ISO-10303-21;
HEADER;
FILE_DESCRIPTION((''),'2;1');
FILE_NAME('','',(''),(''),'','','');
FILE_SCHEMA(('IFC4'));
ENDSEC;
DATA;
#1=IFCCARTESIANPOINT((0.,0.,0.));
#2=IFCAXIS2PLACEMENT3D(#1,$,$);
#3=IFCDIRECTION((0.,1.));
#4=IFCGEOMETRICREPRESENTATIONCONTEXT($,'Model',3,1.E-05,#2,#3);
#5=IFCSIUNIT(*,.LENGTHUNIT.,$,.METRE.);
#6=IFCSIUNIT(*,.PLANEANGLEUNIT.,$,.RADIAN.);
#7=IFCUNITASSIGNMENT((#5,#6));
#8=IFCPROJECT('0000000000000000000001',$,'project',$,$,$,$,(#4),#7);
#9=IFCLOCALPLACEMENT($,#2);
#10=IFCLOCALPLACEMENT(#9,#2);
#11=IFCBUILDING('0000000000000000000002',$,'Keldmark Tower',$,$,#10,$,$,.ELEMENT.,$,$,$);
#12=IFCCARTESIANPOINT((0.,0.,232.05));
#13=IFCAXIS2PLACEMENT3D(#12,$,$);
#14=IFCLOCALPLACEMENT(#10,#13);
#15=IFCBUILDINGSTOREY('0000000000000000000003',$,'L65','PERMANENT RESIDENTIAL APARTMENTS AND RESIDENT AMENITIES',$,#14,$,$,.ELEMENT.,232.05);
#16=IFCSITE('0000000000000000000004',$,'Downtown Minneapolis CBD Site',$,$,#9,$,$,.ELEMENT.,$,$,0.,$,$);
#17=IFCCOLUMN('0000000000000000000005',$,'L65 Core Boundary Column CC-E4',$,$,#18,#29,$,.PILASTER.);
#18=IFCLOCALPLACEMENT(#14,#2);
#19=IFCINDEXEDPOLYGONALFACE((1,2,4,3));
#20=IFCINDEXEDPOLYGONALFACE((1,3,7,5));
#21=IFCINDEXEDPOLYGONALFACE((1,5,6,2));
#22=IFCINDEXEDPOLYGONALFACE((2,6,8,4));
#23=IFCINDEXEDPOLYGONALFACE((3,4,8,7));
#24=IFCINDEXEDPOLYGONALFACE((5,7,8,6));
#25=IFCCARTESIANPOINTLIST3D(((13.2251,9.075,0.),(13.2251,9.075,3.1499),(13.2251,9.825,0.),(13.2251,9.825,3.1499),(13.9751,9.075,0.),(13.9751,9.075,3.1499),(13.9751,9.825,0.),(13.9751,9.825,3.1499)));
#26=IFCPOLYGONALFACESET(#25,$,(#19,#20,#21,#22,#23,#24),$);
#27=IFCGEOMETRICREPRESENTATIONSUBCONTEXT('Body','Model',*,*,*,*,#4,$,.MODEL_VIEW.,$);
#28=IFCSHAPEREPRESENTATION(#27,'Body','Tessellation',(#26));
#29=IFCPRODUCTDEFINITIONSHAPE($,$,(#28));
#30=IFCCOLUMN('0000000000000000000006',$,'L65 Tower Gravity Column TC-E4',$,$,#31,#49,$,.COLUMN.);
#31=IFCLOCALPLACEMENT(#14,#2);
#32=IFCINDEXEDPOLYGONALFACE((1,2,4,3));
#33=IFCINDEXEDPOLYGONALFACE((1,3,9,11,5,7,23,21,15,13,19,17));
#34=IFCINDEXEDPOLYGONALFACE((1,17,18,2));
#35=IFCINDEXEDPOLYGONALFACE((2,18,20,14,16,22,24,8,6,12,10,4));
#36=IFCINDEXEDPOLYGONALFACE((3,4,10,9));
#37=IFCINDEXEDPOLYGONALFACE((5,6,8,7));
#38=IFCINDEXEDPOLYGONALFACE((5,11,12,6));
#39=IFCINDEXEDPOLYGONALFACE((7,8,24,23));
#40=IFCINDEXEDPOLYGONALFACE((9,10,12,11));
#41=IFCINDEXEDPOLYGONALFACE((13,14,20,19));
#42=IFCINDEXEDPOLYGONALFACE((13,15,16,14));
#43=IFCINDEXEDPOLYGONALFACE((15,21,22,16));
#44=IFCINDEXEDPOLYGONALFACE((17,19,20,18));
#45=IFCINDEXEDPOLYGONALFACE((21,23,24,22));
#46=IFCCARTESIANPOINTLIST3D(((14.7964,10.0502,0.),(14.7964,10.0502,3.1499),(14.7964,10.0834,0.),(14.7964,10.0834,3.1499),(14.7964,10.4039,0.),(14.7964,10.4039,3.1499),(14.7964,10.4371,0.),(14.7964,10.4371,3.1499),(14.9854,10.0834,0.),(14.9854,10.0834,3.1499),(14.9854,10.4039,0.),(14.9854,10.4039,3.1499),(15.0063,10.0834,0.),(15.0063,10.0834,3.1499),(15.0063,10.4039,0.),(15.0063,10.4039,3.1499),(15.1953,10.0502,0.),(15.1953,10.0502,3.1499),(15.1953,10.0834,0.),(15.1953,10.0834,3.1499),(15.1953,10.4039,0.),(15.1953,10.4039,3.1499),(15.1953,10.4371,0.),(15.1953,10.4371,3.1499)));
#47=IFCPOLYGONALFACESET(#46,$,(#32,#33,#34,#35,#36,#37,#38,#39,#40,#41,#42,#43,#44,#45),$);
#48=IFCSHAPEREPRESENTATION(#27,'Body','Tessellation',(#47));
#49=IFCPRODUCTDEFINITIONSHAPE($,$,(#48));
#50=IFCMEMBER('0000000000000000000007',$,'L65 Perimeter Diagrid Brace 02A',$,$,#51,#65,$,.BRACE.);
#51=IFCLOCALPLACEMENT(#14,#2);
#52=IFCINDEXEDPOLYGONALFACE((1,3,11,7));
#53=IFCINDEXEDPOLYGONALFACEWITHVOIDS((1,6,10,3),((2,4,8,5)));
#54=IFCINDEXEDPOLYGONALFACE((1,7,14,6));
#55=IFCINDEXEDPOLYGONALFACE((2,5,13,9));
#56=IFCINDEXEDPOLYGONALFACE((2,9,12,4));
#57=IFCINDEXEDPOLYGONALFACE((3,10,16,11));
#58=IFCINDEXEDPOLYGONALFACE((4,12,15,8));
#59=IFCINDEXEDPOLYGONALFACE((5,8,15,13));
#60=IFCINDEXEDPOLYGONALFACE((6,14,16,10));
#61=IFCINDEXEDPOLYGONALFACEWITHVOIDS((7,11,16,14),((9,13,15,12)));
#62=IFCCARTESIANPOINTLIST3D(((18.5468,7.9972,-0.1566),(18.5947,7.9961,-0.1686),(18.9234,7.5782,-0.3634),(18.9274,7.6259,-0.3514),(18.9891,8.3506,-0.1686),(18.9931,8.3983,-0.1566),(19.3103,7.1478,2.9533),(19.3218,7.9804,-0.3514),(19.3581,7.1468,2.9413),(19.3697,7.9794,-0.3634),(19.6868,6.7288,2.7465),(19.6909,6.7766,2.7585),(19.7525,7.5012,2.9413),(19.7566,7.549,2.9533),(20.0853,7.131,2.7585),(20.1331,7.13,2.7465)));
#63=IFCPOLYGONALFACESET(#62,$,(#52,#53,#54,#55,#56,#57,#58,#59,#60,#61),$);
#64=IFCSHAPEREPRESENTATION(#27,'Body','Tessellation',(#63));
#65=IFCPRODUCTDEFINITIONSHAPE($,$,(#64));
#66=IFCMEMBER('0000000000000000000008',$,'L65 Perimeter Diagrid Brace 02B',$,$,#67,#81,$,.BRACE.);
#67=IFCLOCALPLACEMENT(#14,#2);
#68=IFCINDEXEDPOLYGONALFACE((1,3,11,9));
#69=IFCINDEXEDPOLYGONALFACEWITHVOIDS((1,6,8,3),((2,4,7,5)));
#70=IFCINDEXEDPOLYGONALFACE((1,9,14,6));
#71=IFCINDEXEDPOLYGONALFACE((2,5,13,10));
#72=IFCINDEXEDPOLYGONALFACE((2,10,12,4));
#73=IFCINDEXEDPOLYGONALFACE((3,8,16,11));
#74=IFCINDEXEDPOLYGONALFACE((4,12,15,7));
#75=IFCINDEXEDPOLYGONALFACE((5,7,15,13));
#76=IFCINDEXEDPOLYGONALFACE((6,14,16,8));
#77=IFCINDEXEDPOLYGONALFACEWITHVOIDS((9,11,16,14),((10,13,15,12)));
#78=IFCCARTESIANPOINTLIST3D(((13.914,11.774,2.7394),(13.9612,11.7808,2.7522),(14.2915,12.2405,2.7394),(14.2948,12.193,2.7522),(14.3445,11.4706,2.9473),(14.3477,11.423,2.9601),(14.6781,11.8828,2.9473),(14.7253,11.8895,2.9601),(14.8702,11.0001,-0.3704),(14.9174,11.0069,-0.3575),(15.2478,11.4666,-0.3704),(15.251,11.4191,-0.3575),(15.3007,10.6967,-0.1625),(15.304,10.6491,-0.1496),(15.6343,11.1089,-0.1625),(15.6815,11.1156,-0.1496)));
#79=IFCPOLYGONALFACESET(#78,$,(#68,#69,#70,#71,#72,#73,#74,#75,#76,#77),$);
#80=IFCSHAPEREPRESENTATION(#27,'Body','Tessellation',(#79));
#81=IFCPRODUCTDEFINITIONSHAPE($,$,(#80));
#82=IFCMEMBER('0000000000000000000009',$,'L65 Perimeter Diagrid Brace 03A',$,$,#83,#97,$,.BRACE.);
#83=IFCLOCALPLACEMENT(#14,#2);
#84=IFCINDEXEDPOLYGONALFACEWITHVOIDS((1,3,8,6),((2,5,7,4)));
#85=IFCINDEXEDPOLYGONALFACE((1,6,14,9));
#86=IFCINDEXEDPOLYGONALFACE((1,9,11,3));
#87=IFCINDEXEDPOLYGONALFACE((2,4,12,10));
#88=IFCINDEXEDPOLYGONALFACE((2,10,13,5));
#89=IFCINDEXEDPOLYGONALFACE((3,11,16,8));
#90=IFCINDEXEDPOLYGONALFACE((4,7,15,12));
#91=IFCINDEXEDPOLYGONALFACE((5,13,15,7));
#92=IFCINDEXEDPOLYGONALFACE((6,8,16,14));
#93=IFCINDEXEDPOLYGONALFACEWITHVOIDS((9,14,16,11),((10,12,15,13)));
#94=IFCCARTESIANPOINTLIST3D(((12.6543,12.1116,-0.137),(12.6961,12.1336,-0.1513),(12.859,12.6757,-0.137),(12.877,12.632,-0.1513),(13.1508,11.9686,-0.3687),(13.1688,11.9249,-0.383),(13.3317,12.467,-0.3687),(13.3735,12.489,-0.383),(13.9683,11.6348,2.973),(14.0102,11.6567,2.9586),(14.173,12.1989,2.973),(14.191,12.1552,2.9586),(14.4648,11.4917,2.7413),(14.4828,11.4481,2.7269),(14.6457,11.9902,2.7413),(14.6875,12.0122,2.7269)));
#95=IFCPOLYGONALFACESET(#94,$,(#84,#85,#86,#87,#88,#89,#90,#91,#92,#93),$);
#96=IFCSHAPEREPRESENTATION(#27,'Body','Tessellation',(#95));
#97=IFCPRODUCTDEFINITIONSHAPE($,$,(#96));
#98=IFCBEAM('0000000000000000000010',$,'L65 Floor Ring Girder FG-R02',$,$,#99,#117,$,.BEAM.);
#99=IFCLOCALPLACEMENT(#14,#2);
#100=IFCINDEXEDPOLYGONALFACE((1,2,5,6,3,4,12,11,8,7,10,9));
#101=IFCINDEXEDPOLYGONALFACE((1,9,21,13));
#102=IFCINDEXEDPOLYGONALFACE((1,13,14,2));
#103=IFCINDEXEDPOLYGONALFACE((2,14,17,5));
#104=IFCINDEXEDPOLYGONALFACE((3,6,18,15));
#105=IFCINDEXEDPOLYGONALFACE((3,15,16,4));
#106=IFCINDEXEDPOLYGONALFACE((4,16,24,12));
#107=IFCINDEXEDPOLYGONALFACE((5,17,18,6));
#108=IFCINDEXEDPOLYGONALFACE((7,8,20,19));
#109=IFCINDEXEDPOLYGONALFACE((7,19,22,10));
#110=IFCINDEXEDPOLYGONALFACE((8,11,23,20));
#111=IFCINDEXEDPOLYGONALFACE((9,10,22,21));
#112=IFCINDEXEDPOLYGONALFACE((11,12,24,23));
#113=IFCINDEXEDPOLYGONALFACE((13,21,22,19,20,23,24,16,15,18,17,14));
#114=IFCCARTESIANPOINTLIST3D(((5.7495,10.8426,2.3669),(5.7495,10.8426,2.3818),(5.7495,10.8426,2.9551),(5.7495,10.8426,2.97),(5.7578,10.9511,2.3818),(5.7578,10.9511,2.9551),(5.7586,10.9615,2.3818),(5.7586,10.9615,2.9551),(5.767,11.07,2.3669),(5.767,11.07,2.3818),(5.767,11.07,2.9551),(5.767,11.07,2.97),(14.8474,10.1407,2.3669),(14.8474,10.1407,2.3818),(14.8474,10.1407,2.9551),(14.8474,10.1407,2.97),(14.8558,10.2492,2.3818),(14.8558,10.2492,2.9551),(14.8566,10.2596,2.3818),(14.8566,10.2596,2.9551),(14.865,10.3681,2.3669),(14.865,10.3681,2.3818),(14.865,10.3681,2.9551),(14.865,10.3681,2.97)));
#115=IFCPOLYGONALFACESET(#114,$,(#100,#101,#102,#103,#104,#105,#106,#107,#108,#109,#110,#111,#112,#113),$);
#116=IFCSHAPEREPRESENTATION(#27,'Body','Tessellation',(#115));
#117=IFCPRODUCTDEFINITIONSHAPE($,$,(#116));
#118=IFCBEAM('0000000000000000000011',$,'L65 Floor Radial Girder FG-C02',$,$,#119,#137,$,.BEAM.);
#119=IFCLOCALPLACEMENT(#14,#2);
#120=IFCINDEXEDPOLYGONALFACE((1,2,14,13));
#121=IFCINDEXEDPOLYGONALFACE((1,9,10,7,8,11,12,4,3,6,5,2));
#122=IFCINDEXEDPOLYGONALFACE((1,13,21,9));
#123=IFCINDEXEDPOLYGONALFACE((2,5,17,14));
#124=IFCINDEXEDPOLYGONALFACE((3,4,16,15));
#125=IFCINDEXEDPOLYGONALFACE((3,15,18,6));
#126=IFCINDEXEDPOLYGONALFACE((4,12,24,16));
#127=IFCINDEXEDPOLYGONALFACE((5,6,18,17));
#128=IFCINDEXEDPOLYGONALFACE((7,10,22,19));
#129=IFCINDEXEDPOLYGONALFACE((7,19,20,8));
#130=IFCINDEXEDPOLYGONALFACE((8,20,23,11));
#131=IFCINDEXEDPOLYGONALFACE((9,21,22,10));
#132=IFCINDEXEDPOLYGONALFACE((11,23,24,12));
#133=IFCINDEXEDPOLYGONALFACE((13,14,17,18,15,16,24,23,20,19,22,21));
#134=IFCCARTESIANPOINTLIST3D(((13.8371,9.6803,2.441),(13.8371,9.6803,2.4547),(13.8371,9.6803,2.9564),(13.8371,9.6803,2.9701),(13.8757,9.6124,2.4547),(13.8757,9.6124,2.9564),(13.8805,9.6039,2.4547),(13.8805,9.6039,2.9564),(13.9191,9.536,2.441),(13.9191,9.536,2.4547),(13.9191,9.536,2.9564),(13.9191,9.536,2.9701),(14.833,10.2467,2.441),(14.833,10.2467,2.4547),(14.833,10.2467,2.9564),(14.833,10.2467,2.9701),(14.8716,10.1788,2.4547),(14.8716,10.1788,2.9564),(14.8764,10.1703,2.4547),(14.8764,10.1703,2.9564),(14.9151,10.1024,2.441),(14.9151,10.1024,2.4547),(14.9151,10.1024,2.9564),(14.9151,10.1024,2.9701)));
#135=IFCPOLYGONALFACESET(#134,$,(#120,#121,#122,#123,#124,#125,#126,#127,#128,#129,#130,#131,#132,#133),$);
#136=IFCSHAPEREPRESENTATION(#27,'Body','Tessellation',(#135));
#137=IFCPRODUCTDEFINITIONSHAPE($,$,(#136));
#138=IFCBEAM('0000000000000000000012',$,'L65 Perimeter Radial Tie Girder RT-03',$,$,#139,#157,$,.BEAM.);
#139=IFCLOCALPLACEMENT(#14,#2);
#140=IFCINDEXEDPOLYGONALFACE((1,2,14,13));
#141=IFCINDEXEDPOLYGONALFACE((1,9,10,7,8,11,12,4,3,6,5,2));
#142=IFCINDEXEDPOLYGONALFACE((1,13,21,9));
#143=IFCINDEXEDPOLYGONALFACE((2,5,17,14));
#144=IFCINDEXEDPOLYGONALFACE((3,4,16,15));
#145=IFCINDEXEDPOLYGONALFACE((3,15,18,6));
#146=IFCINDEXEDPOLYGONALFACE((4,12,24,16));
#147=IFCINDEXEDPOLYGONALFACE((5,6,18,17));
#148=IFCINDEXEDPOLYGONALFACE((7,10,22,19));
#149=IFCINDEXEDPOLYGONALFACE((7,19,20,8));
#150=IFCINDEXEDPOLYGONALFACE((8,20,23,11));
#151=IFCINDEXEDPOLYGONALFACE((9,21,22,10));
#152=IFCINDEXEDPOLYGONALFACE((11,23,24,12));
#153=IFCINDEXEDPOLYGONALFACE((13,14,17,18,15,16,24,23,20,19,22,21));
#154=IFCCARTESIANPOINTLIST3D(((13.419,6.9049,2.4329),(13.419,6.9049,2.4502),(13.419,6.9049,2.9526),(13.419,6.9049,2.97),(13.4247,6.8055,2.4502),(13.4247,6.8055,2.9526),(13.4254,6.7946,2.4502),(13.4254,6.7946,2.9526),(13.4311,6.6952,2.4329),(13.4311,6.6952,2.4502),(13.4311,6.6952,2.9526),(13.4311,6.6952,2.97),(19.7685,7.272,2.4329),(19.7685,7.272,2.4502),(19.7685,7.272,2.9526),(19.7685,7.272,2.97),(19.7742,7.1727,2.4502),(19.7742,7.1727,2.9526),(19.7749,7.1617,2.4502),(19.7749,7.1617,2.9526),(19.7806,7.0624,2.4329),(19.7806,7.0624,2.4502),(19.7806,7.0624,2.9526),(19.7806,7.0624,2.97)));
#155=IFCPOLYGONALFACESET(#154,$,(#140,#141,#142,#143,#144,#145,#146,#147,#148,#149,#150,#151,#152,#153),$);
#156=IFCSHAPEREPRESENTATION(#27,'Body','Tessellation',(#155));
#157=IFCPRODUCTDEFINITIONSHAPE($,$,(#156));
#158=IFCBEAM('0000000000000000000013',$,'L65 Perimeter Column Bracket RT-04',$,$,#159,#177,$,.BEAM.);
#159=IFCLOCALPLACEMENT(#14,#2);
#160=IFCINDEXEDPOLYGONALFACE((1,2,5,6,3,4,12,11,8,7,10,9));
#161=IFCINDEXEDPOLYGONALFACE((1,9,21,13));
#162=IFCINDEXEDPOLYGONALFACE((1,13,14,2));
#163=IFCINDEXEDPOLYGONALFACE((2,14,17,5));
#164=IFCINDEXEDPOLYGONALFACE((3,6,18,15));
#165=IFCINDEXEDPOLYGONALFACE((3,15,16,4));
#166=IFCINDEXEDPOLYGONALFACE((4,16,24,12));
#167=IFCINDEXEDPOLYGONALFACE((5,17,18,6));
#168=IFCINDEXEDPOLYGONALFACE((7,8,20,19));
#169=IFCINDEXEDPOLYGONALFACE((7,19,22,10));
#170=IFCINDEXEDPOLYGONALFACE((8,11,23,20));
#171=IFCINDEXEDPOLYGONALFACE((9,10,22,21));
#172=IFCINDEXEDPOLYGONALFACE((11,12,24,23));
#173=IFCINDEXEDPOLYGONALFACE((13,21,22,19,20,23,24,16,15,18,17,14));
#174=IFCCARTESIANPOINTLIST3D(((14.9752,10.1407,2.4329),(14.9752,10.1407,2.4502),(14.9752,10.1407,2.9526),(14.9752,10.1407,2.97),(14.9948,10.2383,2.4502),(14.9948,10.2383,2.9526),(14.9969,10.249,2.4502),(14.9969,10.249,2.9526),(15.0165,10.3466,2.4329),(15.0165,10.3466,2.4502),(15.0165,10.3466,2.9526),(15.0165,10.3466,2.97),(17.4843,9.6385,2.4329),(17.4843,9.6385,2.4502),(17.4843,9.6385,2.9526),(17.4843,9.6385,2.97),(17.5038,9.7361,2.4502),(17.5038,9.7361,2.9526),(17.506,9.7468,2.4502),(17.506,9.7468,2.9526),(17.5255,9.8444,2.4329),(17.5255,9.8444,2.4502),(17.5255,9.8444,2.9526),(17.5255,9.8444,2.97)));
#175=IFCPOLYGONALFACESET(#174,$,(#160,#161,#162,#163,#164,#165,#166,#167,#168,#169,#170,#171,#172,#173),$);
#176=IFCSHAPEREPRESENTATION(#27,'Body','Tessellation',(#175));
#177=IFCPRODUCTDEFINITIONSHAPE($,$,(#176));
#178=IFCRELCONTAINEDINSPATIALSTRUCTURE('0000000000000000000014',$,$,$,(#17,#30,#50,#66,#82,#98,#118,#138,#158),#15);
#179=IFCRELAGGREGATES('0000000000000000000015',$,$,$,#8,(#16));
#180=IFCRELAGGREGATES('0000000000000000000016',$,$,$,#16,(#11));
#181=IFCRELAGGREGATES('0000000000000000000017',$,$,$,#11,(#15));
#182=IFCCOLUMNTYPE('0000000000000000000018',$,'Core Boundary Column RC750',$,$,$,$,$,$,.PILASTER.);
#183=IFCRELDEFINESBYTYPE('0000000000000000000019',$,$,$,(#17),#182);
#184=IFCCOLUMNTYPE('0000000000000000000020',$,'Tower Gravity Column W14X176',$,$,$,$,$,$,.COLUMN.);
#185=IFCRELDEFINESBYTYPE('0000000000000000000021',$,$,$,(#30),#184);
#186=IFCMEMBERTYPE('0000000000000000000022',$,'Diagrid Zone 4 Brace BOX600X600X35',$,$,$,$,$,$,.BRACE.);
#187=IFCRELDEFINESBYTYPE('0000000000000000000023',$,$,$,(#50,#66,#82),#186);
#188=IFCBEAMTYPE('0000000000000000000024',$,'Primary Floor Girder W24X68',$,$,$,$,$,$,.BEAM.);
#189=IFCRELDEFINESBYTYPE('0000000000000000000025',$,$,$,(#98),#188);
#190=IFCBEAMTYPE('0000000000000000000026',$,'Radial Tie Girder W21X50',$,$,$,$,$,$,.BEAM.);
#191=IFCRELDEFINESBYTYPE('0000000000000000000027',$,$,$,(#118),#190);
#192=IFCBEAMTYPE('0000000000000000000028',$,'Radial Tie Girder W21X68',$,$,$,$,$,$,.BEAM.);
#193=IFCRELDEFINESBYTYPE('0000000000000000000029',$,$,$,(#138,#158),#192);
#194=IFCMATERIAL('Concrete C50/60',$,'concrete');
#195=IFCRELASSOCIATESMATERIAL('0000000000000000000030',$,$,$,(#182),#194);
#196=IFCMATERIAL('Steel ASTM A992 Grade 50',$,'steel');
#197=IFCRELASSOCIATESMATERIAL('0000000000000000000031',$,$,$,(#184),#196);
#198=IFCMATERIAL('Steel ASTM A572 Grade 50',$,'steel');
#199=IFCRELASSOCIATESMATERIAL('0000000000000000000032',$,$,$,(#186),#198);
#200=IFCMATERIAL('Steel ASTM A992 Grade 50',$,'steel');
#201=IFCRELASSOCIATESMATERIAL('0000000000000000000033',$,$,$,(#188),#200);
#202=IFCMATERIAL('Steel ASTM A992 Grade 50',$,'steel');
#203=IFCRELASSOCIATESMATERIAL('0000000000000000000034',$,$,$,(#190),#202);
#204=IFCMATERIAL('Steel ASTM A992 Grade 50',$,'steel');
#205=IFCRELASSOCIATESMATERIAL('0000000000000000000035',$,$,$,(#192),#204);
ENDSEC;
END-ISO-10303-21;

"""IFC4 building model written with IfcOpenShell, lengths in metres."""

from ifc_helpers import new_model, si_unit, direction, frame, origin, origin_2d, place, context, subcontext, project, spatial, rectangle, hollow_rectangle, i_section, extrude, material, material_profile, profile_set, type_object, element, save


model = new_model("IFC4")

# Units and contexts
model_context = context("Model", 3, precision=1e-05, world=origin(), true_north=direction((0.0, 1.0)))
body_context = subcontext(model_context, "Body", "Model", "MODEL_VIEW")
ifc_project = project(units=[si_unit("LENGTHUNIT", "METRE"), si_unit("PLANEANGLEUNIT", "RADIAN")], contexts=[model_context])

# Site, building, storey
site_placement = place(None, origin())
site = spatial("IfcSite", under=ifc_project, at=site_placement, Name="Downtown Minneapolis CBD Site", CompositionType="ELEMENT", RefElevation=0.0)
building_placement = place(site_placement, origin())
building = spatial("IfcBuilding", under=site, at=building_placement, Name="Keldmark Tower", CompositionType="ELEMENT")
storey_placement = place(building_placement, frame((0.0, 0.0, 232.05)))
storey = spatial("IfcBuildingStorey", under=building, at=storey_placement, Name="L65", Description="PERMANENT RESIDENTIAL APARTMENTS AND RESIDENT AMENITIES", CompositionType="ELEMENT", Elevation=232.05)

# Columns
ifc_material_1 = material(Name="Concrete C50/60", Category="concrete")
ifc_material_profile_1 = material_profile(ifc_material_1, rectangle(XDim=0.75, YDim=0.75, at=origin_2d()), Name="RC750X750")
ifc_profile_set_1 = profile_set([ifc_material_profile_1], Name="Concrete C50/60")
column_type_1 = type_object("IfcColumnType", Name="Core Boundary Column RC750", PredefinedType="PILASTER", material=ifc_profile_set_1)
column_1_placement = place(storey_placement, frame((13.6001, 9.45, 0.0), z_axis=(0.0, 0.0, 1.0), x_axis=(1.0, 0.0, 0.0)))
element("IfcColumn", 1, at=column_1_placement, inside=storey, type_object=column_type_1, Name="L65 Core Boundary Column CC-E4", PredefinedType="PILASTER", context=body_context, shape_type="SweptSolid", body=[
    extrude(rectangle(XDim=0.75, YDim=0.75, at=origin_2d()), origin(), (0.0, 0.0, 1.0), 3.1499),
])
ifc_material_2 = material(Name="Steel ASTM A992 Grade 50", Category="steel")
ifc_material_profile_2 = material_profile(ifc_material_2, i_section(OverallWidth=0.3989, OverallDepth=0.387, WebThickness=0.021, FlangeThickness=0.0332, at=origin_2d()), Name="W14X176")
ifc_profile_set_2 = profile_set([ifc_material_profile_2], Name="Steel ASTM A992 Grade 50")
column_type_2 = type_object("IfcColumnType", Name="Tower Gravity Column W14X176", PredefinedType="COLUMN", material=ifc_profile_set_2)
column_2_placement = place(storey_placement, frame((14.9958, 10.2437, 0.0), z_axis=(0.0, 0.0, 1.0), x_axis=(1.0, 0.0, 0.0)))
element("IfcColumn", 2, at=column_2_placement, inside=storey, type_object=column_type_2, Name="L65 Tower Gravity Column TC-E4", PredefinedType="COLUMN", context=body_context, shape_type="SweptSolid", body=[
    extrude(i_section(OverallWidth=0.3989, OverallDepth=0.387, WebThickness=0.021, FlangeThickness=0.0332, at=origin_2d()), origin(), (0.0, 0.0, 1.0), 3.1499),
])

# Members
ifc_material_3 = material(Name="Steel ASTM A572 Grade 50", Category="steel")
ifc_material_profile_3 = material_profile(ifc_material_3, hollow_rectangle(XDim=0.6001, YDim=0.6001, WallThickness=0.0349, at=origin_2d()), Name="BOX600X600X35")
ifc_profile_set_3 = profile_set([ifc_material_profile_3], Name="Steel ASTM A572 Grade 50")
member_type = type_object("IfcMemberType", Name="Diagrid Zone 4 Brace BOX600X600X35", PredefinedType="BRACE", material=ifc_profile_set_3)
member_1_placement = place(storey_placement, frame((18.9583, 7.9883, -0.26), z_axis=(0.230439, -0.256379, 0.938705), x_axis=(0.74373, 0.66848, 0.0)))
element("IfcMember", 3, at=member_1_placement, inside=storey, type_object=member_type, Name="L65 Perimeter Diagrid Brace 02A", PredefinedType="BRACE", context=body_context, shape_type="SweptSolid", body=[
    extrude(hollow_rectangle(XDim=0.6001, YDim=0.6001, WallThickness=0.0349, at=origin_2d()), origin(), (0.0, 0.0, 1.0), 3.313),
])
member_2_placement = place(storey_placement, frame((15.2759, 11.0579, -0.26), z_axis=(-0.285944, 0.231412, 0.929884), x_axis=(-0.62909, -0.777333, 0.0)))
element("IfcMember", 4, at=member_2_placement, inside=storey, type_object=member_type, Name="L65 Perimeter Diagrid Brace 02B", PredefinedType="BRACE", context=body_context, shape_type="SweptSolid", body=[
    extrude(hollow_rectangle(XDim=0.6001, YDim=0.6001, WallThickness=0.0349, at=origin_2d()), origin(), (0.0, 0.0, 1.0), 3.3442),
])
member_3_placement = place(storey_placement, frame((13.0139, 12.3003, -0.26), z_axis=(0.385377, -0.139844, 0.912101), x_axis=(0.341112, 0.940023, 0.0)))
element("IfcMember", 5, at=member_3_placement, inside=storey, type_object=member_type, Name="L65 Perimeter Diagrid Brace 03A", PredefinedType="BRACE", context=body_context, shape_type="SweptSolid", body=[
    extrude(hollow_rectangle(XDim=0.6001, YDim=0.6001, WallThickness=0.0349, at=origin_2d()), origin(), (0.0, 0.0, 1.0), 3.4097),
])

# Beams
ifc_material_4 = material(Name="Steel ASTM A992 Grade 50", Category="steel")
ifc_material_profile_4 = material_profile(ifc_material_4, i_section(OverallWidth=0.228, OverallDepth=0.603, WebThickness=0.0105, FlangeThickness=0.0149, at=origin_2d()), Name="W24X68")
ifc_profile_set_4 = profile_set([ifc_material_profile_4], Name="Steel ASTM A992 Grade 50")
beam_type_1 = type_object("IfcBeamType", Name="Primary Floor Girder W24X68", PredefinedType="BEAM", material=ifc_profile_set_4)
beam_1_placement = place(storey_placement, frame((14.8562, 10.2544, 2.6685), z_axis=(-0.997037, 0.076922, 0.0), x_axis=(-0.076922, -0.997037, 0.0)))
element("IfcBeam", 6, at=beam_1_placement, inside=storey, type_object=beam_type_1, Name="L65 Floor Ring Girder FG-R02", PredefinedType="BEAM", context=body_context, shape_type="SweptSolid", body=[
    extrude(i_section(OverallWidth=0.228, OverallDepth=0.603, WebThickness=0.0105, FlangeThickness=0.0149, at=origin_2d()), origin(), (0.0, 0.0, 1.0), 9.125),
])
ifc_material_5 = material(Name="Steel ASTM A992 Grade 50", Category="steel")
ifc_material_profile_5 = material_profile(ifc_material_5, i_section(OverallWidth=0.166, OverallDepth=0.5291, WebThickness=0.0098, FlangeThickness=0.0137, at=origin_2d()), Name="W21X50")
ifc_profile_set_5 = profile_set([ifc_material_profile_5], Name="Steel ASTM A992 Grade 50")
beam_type_2 = type_object("IfcBeamType", Name="Radial Tie Girder W21X50", PredefinedType="BEAM", material=ifc_profile_set_5)
beam_2_placement = place(storey_placement, frame((14.874, 10.1746, 2.7056), z_axis=(-0.869238, -0.494394, 0.0), x_axis=(0.494394, -0.869238, 0.0)))
element("IfcBeam", 7, at=beam_2_placement, inside=storey, type_object=beam_type_2, Name="L65 Floor Radial Girder FG-C02", PredefinedType="BEAM", context=body_context, shape_type="SweptSolid", body=[
    extrude(i_section(OverallWidth=0.166, OverallDepth=0.5291, WebThickness=0.0098, FlangeThickness=0.0137, at=origin_2d()), origin(), (0.0, 0.0, 1.0), 1.1458),
])
ifc_material_6 = material(Name="Steel ASTM A992 Grade 50", Category="steel")
ifc_material_profile_6 = material_profile(ifc_material_6, i_section(OverallWidth=0.21, OverallDepth=0.5371, WebThickness=0.011, FlangeThickness=0.0173, at=origin_2d()), Name="W21X68")
ifc_profile_set_6 = profile_set([ifc_material_profile_6], Name="Steel ASTM A992 Grade 50")
beam_type_3 = type_object("IfcBeamType", Name="Radial Tie Girder W21X68", PredefinedType="BEAM", material=ifc_profile_set_6)
beam_3_placement = place(storey_placement, frame((13.425, 6.8, 2.7014), z_axis=(0.998332, 0.057732, 0.0), x_axis=(-0.057732, 0.998332, 0.0)))
element("IfcBeam", 8, at=beam_3_placement, inside=storey, type_object=beam_type_3, Name="L65 Perimeter Radial Tie Girder RT-03", PredefinedType="BEAM", context=body_context, shape_type="SweptSolid", body=[
    extrude(i_section(OverallWidth=0.21, OverallDepth=0.5371, WebThickness=0.011, FlangeThickness=0.0173, at=origin_2d()), origin(), (0.0, 0.0, 1.0), 6.3601),
])
beam_4_placement = place(storey_placement, frame((14.9958, 10.2437, 2.7014), z_axis=(0.980551, -0.196263, 0.0), x_axis=(0.196263, 0.980551, 0.0)))
element("IfcBeam", 9, at=beam_4_placement, inside=storey, type_object=beam_type_3, Name="L65 Perimeter Column Bracket RT-04", PredefinedType="BEAM", context=body_context, shape_type="SweptSolid", body=[
    extrude(i_section(OverallWidth=0.21, OverallDepth=0.5371, WebThickness=0.011, FlangeThickness=0.0173, at=origin_2d()), origin(), (0.0, 0.0, 1.0), 2.5588),
])

save(model, "model.ifc")
